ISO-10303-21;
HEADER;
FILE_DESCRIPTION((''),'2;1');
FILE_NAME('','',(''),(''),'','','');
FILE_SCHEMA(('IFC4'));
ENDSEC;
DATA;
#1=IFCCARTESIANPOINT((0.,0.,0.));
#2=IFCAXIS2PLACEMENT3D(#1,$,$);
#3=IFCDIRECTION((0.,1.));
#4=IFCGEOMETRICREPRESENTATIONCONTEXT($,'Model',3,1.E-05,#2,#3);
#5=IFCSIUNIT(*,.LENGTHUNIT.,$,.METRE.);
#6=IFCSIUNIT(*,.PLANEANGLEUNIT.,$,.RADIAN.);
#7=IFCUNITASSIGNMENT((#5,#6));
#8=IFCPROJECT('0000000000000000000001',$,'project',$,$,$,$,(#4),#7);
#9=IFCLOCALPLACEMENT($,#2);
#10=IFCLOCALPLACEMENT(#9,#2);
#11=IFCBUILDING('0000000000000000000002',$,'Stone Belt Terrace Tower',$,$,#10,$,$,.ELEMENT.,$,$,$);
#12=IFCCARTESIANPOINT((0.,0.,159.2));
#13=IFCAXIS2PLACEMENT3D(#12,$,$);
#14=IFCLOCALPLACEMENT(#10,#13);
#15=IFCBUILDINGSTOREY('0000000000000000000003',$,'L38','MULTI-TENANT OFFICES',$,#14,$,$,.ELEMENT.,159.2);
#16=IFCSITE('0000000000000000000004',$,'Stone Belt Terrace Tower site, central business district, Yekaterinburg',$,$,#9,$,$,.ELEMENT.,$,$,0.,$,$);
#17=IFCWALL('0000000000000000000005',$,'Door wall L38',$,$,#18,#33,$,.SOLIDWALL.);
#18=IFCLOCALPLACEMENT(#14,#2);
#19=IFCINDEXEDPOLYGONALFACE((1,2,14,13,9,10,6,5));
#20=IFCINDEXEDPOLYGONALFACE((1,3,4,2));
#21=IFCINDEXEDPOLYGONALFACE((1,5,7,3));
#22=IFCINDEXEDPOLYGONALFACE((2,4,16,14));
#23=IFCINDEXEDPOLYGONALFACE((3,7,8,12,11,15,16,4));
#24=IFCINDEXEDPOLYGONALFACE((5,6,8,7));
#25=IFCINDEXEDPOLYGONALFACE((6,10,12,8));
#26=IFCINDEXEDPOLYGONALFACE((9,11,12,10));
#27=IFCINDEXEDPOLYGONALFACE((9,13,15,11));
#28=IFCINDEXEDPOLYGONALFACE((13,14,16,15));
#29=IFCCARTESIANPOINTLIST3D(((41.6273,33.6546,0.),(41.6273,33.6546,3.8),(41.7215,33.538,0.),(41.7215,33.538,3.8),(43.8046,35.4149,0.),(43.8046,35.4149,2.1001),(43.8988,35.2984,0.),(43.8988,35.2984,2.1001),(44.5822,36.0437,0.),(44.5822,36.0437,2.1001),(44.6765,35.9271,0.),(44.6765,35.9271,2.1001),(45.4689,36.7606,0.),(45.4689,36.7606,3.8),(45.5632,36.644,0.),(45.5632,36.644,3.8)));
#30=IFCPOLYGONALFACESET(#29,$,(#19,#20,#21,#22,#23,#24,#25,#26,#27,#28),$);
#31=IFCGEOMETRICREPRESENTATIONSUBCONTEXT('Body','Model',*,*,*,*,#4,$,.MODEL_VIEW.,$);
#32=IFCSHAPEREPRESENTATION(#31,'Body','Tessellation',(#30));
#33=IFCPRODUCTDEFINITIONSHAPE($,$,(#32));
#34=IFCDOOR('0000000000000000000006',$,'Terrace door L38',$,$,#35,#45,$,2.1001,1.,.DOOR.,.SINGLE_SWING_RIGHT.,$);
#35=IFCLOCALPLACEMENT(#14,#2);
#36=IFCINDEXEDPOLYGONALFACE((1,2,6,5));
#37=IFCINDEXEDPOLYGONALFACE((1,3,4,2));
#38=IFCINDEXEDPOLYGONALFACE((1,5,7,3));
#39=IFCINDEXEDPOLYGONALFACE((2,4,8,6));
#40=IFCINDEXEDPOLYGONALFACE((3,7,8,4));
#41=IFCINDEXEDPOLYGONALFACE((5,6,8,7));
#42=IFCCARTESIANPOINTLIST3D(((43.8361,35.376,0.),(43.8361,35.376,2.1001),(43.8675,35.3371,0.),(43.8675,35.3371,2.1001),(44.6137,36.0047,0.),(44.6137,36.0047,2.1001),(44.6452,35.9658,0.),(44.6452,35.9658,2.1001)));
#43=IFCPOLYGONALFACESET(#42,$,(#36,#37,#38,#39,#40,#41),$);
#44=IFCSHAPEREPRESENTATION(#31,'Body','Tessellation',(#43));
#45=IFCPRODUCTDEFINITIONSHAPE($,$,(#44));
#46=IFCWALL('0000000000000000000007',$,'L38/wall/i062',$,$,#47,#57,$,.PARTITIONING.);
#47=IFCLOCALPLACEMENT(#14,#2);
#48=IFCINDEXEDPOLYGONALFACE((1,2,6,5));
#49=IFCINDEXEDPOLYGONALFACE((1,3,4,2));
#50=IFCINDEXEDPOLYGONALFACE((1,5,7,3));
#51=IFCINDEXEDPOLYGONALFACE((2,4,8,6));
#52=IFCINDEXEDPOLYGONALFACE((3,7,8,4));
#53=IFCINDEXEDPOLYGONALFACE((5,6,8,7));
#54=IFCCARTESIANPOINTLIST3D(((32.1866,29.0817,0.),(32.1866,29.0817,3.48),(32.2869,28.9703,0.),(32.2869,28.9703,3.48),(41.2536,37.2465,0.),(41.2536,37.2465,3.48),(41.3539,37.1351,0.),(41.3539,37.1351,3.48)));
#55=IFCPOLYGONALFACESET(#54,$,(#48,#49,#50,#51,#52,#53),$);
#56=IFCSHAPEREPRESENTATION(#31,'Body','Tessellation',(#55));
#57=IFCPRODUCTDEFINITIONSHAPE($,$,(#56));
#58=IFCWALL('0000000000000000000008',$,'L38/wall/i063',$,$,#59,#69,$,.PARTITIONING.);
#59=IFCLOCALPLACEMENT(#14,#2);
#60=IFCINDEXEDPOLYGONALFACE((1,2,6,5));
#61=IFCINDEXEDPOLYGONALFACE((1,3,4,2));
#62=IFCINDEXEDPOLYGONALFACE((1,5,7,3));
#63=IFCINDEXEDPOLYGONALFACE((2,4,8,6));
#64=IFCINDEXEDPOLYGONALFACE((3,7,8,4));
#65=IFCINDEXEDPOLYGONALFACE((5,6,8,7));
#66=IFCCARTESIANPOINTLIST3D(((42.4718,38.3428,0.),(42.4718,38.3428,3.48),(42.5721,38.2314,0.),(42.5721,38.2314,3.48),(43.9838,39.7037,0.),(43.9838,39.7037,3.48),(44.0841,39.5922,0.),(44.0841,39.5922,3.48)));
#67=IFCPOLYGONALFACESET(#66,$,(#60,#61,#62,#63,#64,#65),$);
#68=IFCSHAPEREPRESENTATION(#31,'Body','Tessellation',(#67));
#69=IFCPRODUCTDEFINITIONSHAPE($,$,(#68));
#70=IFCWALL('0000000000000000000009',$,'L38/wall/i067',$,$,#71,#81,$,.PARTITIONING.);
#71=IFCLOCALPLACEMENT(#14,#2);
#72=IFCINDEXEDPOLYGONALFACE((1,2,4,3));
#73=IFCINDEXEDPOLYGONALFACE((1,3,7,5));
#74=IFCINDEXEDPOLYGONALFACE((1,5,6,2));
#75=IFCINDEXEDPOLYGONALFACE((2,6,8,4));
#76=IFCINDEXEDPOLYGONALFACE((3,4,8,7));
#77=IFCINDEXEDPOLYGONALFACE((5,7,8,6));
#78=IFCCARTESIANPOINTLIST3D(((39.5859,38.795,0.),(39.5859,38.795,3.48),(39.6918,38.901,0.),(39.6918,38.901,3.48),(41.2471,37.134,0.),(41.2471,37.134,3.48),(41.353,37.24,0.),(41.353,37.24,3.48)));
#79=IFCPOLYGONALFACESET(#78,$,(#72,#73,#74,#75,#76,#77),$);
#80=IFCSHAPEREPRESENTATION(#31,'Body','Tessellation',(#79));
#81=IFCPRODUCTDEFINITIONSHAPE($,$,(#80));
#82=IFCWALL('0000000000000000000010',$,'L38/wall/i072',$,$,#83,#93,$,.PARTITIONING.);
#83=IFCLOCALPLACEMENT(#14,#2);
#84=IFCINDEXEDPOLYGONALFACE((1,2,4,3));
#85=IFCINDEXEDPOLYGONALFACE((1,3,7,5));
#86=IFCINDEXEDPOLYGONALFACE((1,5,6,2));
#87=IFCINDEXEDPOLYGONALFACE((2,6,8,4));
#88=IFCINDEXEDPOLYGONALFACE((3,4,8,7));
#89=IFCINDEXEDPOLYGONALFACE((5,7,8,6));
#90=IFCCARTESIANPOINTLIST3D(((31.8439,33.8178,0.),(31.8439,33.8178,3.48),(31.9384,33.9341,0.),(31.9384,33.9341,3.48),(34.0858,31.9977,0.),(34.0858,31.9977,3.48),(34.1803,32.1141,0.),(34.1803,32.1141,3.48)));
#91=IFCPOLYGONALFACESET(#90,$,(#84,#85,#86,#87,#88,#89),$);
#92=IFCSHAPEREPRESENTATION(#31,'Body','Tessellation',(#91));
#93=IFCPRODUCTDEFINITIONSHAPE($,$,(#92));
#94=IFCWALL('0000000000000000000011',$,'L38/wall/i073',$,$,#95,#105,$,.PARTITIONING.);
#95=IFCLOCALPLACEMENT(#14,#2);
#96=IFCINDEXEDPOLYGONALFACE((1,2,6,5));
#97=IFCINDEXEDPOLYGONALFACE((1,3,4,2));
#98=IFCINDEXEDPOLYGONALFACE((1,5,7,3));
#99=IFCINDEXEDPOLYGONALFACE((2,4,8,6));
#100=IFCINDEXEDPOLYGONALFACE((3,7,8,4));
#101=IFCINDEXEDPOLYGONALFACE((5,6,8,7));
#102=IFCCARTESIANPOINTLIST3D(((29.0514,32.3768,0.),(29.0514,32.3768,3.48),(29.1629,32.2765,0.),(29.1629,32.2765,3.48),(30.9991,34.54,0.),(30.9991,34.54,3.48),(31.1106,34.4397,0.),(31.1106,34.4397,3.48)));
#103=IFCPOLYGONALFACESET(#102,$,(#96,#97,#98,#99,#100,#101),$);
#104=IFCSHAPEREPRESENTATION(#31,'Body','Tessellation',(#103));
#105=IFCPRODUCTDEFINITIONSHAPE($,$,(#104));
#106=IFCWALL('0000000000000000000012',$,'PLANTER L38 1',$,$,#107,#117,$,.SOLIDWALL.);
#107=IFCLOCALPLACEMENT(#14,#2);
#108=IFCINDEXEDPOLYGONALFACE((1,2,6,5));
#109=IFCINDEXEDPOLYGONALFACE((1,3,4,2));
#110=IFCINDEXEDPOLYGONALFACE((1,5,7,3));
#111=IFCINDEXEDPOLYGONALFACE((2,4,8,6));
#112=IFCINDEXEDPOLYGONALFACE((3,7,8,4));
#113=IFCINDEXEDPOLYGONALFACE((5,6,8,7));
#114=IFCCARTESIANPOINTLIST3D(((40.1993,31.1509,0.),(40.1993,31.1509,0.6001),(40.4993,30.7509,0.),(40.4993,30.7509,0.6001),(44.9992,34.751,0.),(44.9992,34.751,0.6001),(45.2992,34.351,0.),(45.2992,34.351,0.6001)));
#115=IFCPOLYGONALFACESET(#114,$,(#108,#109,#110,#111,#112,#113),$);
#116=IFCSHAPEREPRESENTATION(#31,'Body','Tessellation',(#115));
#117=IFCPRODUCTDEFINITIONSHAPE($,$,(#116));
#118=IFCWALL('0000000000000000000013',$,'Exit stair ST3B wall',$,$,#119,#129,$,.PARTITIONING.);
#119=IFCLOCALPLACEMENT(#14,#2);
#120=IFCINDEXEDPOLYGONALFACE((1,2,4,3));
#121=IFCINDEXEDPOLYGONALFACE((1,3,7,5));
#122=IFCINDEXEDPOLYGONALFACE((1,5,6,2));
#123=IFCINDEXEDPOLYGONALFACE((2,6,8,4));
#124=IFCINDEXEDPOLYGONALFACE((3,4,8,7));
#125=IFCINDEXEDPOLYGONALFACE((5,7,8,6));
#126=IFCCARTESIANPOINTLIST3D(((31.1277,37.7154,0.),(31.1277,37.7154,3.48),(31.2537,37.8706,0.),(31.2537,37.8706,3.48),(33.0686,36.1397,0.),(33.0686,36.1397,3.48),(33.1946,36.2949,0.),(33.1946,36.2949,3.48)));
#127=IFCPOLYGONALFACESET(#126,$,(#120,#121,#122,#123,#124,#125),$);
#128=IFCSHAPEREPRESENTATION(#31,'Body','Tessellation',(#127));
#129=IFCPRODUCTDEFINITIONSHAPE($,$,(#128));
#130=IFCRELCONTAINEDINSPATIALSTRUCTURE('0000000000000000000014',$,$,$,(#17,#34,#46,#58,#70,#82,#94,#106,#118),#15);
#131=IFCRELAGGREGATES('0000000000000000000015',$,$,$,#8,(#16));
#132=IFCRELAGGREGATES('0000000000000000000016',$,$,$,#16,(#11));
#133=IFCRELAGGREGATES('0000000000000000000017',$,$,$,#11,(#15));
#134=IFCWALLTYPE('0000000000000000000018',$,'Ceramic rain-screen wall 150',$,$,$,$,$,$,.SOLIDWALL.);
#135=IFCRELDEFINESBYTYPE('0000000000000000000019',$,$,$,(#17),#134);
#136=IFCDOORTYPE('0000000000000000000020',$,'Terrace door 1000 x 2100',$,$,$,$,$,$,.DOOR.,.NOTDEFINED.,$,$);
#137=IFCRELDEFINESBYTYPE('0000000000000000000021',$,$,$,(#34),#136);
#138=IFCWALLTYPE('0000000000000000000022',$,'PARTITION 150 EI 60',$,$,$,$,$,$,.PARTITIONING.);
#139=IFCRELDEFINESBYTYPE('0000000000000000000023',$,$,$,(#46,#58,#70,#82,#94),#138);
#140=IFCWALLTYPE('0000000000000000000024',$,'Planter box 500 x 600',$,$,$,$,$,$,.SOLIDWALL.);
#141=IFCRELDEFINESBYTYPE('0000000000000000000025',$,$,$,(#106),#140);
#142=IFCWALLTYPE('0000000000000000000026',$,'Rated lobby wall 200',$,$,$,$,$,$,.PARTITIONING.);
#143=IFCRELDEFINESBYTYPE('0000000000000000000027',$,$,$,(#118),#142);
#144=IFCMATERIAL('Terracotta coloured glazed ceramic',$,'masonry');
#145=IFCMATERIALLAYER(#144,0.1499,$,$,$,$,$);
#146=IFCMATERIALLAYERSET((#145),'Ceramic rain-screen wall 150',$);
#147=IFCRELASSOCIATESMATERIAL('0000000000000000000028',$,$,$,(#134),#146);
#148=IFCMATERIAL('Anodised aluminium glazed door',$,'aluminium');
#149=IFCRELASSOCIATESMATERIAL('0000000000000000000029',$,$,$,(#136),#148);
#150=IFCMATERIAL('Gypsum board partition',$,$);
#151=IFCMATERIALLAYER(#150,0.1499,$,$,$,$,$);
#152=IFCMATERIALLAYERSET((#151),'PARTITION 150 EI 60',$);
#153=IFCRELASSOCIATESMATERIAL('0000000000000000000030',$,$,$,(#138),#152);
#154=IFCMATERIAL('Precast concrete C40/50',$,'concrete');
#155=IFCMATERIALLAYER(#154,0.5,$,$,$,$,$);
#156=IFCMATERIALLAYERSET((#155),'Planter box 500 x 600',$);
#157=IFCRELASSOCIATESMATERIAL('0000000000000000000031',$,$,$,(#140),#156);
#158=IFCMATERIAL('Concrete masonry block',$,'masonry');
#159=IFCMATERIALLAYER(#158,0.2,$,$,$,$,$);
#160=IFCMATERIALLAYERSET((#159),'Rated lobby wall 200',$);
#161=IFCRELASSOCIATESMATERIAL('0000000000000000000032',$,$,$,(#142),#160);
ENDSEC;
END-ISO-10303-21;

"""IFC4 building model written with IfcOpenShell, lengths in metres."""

from ifc_helpers import new_model, si_unit, direction, frame, frame_2d, origin, origin_2d, place, context, subcontext, project, spatial, rectangle, extrude, material, layer, layer_set, type_object, element, fill, save


model = new_model("IFC4")

# Units and contexts
model_context = context("Model", 3, precision=1e-05, world=origin(), true_north=direction((0.0, 1.0)))
body_context = subcontext(model_context, "Body", "Model", "MODEL_VIEW")
ifc_project = project(units=[si_unit("LENGTHUNIT", "METRE"), si_unit("PLANEANGLEUNIT", "RADIAN")], contexts=[model_context])

# Site, building, storey
site_placement = place(None, origin())
site = spatial("IfcSite", under=ifc_project, at=site_placement, Name="Stone Belt Terrace Tower site, central business district, Yekaterinburg", CompositionType="ELEMENT", RefElevation=0.0)
building_placement = place(site_placement, origin())
building = spatial("IfcBuilding", under=site, at=building_placement, Name="Stone Belt Terrace Tower", CompositionType="ELEMENT")
storey_placement = place(building_placement, frame((0.0, 0.0, 159.2)))
storey = spatial("IfcBuildingStorey", under=building, at=storey_placement, Name="L38", Description="MULTI-TENANT OFFICES", CompositionType="ELEMENT", Elevation=159.2)

# Wall, opening, door
ifc_material_1 = material(Name="Terracotta coloured glazed ceramic", Category="masonry")
ifc_layer_1 = layer(ifc_material_1, 0.1499)
ifc_layer_set_1 = layer_set([ifc_layer_1], Name="Ceramic rain-screen wall 150")
wall_type_1 = type_object("IfcWallType", Name="Ceramic rain-screen wall 150", PredefinedType="SOLIDWALL", material=ifc_layer_set_1)
wall_1_placement = place(storey_placement, frame((41.6743, 33.5962, 0.0), z_axis=(0.0, 0.0, 1.0), x_axis=(0.777628, 0.628725, 0.0)))
wall_1 = element("IfcWall", 1, at=wall_1_placement, inside=storey, type_object=wall_type_1, Name="Door wall L38", PredefinedType="SOLIDWALL", context=body_context, shape_type="SweptSolid", body=[
    extrude(rectangle(XDim=4.9402, YDim=0.1499, at=frame_2d((2.4702, 0.0))), origin(), (0.0, 0.0, 1.0), 3.8),
])
opening_1_placement = place(wall_1_placement, frame((2.8, 0.0, 0.0)))
opening_1 = element("IfcOpeningElement", 2, at=opening_1_placement, cuts=wall_1, PredefinedType="OPENING", context=body_context, shape_type="SweptSolid", body=[
    extrude(rectangle(XDim=1.0, YDim=2.1001, at=frame_2d((0.5, 1.05))), frame((0.0, 0.085, 0.0), z_axis=(0.0, -1.0, 0.0), x_axis=(1.0, 0.0, 0.0)), (0.0, 0.0, 1.0), 0.1699),
])
ifc_material_2 = material(Name="Anodised aluminium glazed door", Category="aluminium")
door_type_1 = type_object("IfcDoorType", Name="Terrace door 1000 x 2100", OperationType="NOTDEFINED", PredefinedType="DOOR", material=ifc_material_2)
door_1_placement = place(opening_1_placement, origin())
door_1 = element("IfcDoor", 3, at=door_1_placement, inside=storey, type_object=door_type_1, Name="Terrace door L38", OperationType="SINGLE_SWING_RIGHT", OverallHeight=2.1001, OverallWidth=1.0, PredefinedType="DOOR", context=body_context, shape_type="SweptSolid", body=[
    extrude(rectangle(XDim=1.0, YDim=2.1001, at=frame_2d((0.5, 1.05))), frame((0.0, 0.0249, 0.0), z_axis=(0.0, -1.0, 0.0), x_axis=(1.0, 0.0, 0.0)), (0.0, 0.0, 1.0), 0.05),
])
fill(opening_1, door_1)

# Walls
ifc_material_3 = material(Name="Gypsum board partition")
ifc_layer_2 = layer(ifc_material_3, 0.1499)
ifc_layer_set_2 = layer_set([ifc_layer_2], Name="PARTITION 150 EI 60")
wall_type_2 = type_object("IfcWallType", Name="PARTITION 150 EI 60", PredefinedType="PARTITIONING", material=ifc_layer_set_2)
wall_2_placement = place(storey_placement, frame((32.2368, 29.0261, 0.0), z_axis=(0.0, 0.0, 1.0), x_axis=(0.743116, 0.669163, 0.0)))
element("IfcWall", 4, at=wall_2_placement, inside=storey, type_object=wall_type_2, Name="L38/wall/i062", PredefinedType="PARTITIONING", context=body_context, shape_type="SweptSolid", body=[
    extrude(rectangle(XDim=12.2014, YDim=0.1499, at=frame_2d((6.1006, 0.0))), origin(), (0.0, 0.0, 1.0), 3.48),
])
wall_3_placement = place(storey_placement, frame((42.522, 38.2871, 0.0), z_axis=(0.0, 0.0, 1.0), x_axis=(0.743276, 0.668985, 0.0)))
element("IfcWall", 5, at=wall_3_placement, inside=storey, type_object=wall_type_2, Name="L38/wall/i063", PredefinedType="PARTITIONING", context=body_context, shape_type="SweptSolid", body=[
    extrude(rectangle(XDim=2.0342, YDim=0.1499, at=frame_2d((1.0171, 0.0))), origin(), (0.0, 0.0, 1.0), 3.48),
])
wall_4_placement = place(storey_placement, frame((41.3, 37.187, 0.0), z_axis=(0.0, 0.0, 1.0), x_axis=(-0.707159, 0.707055, 0.0)))
element("IfcWall", 6, at=wall_4_placement, inside=storey, type_object=wall_type_2, Name="L38/wall/i067", PredefinedType="PARTITIONING", context=body_context, shape_type="SweptSolid", body=[
    extrude(rectangle(XDim=2.3491, YDim=0.1499, at=frame_2d((1.1746, 0.0))), origin(), (0.0, 0.0, 1.0), 3.48),
])
wall_5_placement = place(storey_placement, frame((34.1331, 32.0559, 0.0), z_axis=(0.0, 0.0, 1.0), x_axis=(-0.77637, 0.630277, 0.0)))
element("IfcWall", 7, at=wall_5_placement, inside=storey, type_object=wall_type_2, Name="L38/wall/i072", PredefinedType="PARTITIONING", context=body_context, shape_type="SweptSolid", body=[
    extrude(rectangle(XDim=2.8877, YDim=0.1499, at=frame_2d((1.4438, 0.0))), origin(), (0.0, 0.0, 1.0), 3.48),
])
wall_6_placement = place(storey_placement, frame((31.0549, 34.49, 0.0), z_axis=(0.0, 0.0, 1.0), x_axis=(-0.669108, -0.743165, 0.0)))
element("IfcWall", 8, at=wall_6_placement, inside=storey, type_object=wall_type_2, Name="L38/wall/i073", PredefinedType="PARTITIONING", context=body_context, shape_type="SweptSolid", body=[
    extrude(rectangle(XDim=2.9109, YDim=0.1499, at=frame_2d((1.4556, 0.0))), origin(), (0.0, 0.0, 1.0), 3.48),
])
ifc_material_4 = material(Name="Precast concrete C40/50", Category="concrete")
ifc_layer_3 = layer(ifc_material_4, 0.5)
ifc_layer_set_3 = layer_set([ifc_layer_3], Name="Planter box 500 x 600")
wall_type_3 = type_object("IfcWallType", Name="Planter box 500 x 600", PredefinedType="SOLIDWALL", material=ifc_layer_set_3)
wall_7_placement = place(storey_placement, frame((42.7493, 32.751, 0.0), z_axis=(0.0, 0.0, 1.0), x_axis=(0.799987, 0.600018, 0.0)))
element("IfcWall", 9, at=wall_7_placement, inside=storey, type_object=wall_type_3, Name="PLANTER L38 1", PredefinedType="SOLIDWALL", context=body_context, shape_type="SweptSolid", body=[
    extrude(rectangle(XDim=6.0, YDim=0.5, at=origin_2d()), origin(), (0.0, 0.0, 1.0), 0.6001),
])
ifc_material_5 = material(Name="Concrete masonry block", Category="masonry")
ifc_layer_4 = layer(ifc_material_5, 0.2)
ifc_layer_set_4 = layer_set([ifc_layer_4], Name="Rated lobby wall 200")
wall_type_4 = type_object("IfcWallType", Name="Rated lobby wall 200", PredefinedType="PARTITIONING", material=ifc_layer_set_4)
wall_8_placement = place(storey_placement, frame((31.1907, 37.793, 0.0), z_axis=(0.0, 0.0, 1.0), x_axis=(0.776371, -0.630276, 0.0)))
element("IfcWall", 10, at=wall_8_placement, inside=storey, type_object=wall_type_4, Name="Exit stair ST3B wall", PredefinedType="PARTITIONING", context=body_context, shape_type="SweptSolid", body=[
    extrude(rectangle(XDim=2.5, YDim=0.2, at=frame_2d((1.25, 0.0))), origin(), (0.0, 0.0, 1.0), 3.48),
])

save(model, "model.ifc")
